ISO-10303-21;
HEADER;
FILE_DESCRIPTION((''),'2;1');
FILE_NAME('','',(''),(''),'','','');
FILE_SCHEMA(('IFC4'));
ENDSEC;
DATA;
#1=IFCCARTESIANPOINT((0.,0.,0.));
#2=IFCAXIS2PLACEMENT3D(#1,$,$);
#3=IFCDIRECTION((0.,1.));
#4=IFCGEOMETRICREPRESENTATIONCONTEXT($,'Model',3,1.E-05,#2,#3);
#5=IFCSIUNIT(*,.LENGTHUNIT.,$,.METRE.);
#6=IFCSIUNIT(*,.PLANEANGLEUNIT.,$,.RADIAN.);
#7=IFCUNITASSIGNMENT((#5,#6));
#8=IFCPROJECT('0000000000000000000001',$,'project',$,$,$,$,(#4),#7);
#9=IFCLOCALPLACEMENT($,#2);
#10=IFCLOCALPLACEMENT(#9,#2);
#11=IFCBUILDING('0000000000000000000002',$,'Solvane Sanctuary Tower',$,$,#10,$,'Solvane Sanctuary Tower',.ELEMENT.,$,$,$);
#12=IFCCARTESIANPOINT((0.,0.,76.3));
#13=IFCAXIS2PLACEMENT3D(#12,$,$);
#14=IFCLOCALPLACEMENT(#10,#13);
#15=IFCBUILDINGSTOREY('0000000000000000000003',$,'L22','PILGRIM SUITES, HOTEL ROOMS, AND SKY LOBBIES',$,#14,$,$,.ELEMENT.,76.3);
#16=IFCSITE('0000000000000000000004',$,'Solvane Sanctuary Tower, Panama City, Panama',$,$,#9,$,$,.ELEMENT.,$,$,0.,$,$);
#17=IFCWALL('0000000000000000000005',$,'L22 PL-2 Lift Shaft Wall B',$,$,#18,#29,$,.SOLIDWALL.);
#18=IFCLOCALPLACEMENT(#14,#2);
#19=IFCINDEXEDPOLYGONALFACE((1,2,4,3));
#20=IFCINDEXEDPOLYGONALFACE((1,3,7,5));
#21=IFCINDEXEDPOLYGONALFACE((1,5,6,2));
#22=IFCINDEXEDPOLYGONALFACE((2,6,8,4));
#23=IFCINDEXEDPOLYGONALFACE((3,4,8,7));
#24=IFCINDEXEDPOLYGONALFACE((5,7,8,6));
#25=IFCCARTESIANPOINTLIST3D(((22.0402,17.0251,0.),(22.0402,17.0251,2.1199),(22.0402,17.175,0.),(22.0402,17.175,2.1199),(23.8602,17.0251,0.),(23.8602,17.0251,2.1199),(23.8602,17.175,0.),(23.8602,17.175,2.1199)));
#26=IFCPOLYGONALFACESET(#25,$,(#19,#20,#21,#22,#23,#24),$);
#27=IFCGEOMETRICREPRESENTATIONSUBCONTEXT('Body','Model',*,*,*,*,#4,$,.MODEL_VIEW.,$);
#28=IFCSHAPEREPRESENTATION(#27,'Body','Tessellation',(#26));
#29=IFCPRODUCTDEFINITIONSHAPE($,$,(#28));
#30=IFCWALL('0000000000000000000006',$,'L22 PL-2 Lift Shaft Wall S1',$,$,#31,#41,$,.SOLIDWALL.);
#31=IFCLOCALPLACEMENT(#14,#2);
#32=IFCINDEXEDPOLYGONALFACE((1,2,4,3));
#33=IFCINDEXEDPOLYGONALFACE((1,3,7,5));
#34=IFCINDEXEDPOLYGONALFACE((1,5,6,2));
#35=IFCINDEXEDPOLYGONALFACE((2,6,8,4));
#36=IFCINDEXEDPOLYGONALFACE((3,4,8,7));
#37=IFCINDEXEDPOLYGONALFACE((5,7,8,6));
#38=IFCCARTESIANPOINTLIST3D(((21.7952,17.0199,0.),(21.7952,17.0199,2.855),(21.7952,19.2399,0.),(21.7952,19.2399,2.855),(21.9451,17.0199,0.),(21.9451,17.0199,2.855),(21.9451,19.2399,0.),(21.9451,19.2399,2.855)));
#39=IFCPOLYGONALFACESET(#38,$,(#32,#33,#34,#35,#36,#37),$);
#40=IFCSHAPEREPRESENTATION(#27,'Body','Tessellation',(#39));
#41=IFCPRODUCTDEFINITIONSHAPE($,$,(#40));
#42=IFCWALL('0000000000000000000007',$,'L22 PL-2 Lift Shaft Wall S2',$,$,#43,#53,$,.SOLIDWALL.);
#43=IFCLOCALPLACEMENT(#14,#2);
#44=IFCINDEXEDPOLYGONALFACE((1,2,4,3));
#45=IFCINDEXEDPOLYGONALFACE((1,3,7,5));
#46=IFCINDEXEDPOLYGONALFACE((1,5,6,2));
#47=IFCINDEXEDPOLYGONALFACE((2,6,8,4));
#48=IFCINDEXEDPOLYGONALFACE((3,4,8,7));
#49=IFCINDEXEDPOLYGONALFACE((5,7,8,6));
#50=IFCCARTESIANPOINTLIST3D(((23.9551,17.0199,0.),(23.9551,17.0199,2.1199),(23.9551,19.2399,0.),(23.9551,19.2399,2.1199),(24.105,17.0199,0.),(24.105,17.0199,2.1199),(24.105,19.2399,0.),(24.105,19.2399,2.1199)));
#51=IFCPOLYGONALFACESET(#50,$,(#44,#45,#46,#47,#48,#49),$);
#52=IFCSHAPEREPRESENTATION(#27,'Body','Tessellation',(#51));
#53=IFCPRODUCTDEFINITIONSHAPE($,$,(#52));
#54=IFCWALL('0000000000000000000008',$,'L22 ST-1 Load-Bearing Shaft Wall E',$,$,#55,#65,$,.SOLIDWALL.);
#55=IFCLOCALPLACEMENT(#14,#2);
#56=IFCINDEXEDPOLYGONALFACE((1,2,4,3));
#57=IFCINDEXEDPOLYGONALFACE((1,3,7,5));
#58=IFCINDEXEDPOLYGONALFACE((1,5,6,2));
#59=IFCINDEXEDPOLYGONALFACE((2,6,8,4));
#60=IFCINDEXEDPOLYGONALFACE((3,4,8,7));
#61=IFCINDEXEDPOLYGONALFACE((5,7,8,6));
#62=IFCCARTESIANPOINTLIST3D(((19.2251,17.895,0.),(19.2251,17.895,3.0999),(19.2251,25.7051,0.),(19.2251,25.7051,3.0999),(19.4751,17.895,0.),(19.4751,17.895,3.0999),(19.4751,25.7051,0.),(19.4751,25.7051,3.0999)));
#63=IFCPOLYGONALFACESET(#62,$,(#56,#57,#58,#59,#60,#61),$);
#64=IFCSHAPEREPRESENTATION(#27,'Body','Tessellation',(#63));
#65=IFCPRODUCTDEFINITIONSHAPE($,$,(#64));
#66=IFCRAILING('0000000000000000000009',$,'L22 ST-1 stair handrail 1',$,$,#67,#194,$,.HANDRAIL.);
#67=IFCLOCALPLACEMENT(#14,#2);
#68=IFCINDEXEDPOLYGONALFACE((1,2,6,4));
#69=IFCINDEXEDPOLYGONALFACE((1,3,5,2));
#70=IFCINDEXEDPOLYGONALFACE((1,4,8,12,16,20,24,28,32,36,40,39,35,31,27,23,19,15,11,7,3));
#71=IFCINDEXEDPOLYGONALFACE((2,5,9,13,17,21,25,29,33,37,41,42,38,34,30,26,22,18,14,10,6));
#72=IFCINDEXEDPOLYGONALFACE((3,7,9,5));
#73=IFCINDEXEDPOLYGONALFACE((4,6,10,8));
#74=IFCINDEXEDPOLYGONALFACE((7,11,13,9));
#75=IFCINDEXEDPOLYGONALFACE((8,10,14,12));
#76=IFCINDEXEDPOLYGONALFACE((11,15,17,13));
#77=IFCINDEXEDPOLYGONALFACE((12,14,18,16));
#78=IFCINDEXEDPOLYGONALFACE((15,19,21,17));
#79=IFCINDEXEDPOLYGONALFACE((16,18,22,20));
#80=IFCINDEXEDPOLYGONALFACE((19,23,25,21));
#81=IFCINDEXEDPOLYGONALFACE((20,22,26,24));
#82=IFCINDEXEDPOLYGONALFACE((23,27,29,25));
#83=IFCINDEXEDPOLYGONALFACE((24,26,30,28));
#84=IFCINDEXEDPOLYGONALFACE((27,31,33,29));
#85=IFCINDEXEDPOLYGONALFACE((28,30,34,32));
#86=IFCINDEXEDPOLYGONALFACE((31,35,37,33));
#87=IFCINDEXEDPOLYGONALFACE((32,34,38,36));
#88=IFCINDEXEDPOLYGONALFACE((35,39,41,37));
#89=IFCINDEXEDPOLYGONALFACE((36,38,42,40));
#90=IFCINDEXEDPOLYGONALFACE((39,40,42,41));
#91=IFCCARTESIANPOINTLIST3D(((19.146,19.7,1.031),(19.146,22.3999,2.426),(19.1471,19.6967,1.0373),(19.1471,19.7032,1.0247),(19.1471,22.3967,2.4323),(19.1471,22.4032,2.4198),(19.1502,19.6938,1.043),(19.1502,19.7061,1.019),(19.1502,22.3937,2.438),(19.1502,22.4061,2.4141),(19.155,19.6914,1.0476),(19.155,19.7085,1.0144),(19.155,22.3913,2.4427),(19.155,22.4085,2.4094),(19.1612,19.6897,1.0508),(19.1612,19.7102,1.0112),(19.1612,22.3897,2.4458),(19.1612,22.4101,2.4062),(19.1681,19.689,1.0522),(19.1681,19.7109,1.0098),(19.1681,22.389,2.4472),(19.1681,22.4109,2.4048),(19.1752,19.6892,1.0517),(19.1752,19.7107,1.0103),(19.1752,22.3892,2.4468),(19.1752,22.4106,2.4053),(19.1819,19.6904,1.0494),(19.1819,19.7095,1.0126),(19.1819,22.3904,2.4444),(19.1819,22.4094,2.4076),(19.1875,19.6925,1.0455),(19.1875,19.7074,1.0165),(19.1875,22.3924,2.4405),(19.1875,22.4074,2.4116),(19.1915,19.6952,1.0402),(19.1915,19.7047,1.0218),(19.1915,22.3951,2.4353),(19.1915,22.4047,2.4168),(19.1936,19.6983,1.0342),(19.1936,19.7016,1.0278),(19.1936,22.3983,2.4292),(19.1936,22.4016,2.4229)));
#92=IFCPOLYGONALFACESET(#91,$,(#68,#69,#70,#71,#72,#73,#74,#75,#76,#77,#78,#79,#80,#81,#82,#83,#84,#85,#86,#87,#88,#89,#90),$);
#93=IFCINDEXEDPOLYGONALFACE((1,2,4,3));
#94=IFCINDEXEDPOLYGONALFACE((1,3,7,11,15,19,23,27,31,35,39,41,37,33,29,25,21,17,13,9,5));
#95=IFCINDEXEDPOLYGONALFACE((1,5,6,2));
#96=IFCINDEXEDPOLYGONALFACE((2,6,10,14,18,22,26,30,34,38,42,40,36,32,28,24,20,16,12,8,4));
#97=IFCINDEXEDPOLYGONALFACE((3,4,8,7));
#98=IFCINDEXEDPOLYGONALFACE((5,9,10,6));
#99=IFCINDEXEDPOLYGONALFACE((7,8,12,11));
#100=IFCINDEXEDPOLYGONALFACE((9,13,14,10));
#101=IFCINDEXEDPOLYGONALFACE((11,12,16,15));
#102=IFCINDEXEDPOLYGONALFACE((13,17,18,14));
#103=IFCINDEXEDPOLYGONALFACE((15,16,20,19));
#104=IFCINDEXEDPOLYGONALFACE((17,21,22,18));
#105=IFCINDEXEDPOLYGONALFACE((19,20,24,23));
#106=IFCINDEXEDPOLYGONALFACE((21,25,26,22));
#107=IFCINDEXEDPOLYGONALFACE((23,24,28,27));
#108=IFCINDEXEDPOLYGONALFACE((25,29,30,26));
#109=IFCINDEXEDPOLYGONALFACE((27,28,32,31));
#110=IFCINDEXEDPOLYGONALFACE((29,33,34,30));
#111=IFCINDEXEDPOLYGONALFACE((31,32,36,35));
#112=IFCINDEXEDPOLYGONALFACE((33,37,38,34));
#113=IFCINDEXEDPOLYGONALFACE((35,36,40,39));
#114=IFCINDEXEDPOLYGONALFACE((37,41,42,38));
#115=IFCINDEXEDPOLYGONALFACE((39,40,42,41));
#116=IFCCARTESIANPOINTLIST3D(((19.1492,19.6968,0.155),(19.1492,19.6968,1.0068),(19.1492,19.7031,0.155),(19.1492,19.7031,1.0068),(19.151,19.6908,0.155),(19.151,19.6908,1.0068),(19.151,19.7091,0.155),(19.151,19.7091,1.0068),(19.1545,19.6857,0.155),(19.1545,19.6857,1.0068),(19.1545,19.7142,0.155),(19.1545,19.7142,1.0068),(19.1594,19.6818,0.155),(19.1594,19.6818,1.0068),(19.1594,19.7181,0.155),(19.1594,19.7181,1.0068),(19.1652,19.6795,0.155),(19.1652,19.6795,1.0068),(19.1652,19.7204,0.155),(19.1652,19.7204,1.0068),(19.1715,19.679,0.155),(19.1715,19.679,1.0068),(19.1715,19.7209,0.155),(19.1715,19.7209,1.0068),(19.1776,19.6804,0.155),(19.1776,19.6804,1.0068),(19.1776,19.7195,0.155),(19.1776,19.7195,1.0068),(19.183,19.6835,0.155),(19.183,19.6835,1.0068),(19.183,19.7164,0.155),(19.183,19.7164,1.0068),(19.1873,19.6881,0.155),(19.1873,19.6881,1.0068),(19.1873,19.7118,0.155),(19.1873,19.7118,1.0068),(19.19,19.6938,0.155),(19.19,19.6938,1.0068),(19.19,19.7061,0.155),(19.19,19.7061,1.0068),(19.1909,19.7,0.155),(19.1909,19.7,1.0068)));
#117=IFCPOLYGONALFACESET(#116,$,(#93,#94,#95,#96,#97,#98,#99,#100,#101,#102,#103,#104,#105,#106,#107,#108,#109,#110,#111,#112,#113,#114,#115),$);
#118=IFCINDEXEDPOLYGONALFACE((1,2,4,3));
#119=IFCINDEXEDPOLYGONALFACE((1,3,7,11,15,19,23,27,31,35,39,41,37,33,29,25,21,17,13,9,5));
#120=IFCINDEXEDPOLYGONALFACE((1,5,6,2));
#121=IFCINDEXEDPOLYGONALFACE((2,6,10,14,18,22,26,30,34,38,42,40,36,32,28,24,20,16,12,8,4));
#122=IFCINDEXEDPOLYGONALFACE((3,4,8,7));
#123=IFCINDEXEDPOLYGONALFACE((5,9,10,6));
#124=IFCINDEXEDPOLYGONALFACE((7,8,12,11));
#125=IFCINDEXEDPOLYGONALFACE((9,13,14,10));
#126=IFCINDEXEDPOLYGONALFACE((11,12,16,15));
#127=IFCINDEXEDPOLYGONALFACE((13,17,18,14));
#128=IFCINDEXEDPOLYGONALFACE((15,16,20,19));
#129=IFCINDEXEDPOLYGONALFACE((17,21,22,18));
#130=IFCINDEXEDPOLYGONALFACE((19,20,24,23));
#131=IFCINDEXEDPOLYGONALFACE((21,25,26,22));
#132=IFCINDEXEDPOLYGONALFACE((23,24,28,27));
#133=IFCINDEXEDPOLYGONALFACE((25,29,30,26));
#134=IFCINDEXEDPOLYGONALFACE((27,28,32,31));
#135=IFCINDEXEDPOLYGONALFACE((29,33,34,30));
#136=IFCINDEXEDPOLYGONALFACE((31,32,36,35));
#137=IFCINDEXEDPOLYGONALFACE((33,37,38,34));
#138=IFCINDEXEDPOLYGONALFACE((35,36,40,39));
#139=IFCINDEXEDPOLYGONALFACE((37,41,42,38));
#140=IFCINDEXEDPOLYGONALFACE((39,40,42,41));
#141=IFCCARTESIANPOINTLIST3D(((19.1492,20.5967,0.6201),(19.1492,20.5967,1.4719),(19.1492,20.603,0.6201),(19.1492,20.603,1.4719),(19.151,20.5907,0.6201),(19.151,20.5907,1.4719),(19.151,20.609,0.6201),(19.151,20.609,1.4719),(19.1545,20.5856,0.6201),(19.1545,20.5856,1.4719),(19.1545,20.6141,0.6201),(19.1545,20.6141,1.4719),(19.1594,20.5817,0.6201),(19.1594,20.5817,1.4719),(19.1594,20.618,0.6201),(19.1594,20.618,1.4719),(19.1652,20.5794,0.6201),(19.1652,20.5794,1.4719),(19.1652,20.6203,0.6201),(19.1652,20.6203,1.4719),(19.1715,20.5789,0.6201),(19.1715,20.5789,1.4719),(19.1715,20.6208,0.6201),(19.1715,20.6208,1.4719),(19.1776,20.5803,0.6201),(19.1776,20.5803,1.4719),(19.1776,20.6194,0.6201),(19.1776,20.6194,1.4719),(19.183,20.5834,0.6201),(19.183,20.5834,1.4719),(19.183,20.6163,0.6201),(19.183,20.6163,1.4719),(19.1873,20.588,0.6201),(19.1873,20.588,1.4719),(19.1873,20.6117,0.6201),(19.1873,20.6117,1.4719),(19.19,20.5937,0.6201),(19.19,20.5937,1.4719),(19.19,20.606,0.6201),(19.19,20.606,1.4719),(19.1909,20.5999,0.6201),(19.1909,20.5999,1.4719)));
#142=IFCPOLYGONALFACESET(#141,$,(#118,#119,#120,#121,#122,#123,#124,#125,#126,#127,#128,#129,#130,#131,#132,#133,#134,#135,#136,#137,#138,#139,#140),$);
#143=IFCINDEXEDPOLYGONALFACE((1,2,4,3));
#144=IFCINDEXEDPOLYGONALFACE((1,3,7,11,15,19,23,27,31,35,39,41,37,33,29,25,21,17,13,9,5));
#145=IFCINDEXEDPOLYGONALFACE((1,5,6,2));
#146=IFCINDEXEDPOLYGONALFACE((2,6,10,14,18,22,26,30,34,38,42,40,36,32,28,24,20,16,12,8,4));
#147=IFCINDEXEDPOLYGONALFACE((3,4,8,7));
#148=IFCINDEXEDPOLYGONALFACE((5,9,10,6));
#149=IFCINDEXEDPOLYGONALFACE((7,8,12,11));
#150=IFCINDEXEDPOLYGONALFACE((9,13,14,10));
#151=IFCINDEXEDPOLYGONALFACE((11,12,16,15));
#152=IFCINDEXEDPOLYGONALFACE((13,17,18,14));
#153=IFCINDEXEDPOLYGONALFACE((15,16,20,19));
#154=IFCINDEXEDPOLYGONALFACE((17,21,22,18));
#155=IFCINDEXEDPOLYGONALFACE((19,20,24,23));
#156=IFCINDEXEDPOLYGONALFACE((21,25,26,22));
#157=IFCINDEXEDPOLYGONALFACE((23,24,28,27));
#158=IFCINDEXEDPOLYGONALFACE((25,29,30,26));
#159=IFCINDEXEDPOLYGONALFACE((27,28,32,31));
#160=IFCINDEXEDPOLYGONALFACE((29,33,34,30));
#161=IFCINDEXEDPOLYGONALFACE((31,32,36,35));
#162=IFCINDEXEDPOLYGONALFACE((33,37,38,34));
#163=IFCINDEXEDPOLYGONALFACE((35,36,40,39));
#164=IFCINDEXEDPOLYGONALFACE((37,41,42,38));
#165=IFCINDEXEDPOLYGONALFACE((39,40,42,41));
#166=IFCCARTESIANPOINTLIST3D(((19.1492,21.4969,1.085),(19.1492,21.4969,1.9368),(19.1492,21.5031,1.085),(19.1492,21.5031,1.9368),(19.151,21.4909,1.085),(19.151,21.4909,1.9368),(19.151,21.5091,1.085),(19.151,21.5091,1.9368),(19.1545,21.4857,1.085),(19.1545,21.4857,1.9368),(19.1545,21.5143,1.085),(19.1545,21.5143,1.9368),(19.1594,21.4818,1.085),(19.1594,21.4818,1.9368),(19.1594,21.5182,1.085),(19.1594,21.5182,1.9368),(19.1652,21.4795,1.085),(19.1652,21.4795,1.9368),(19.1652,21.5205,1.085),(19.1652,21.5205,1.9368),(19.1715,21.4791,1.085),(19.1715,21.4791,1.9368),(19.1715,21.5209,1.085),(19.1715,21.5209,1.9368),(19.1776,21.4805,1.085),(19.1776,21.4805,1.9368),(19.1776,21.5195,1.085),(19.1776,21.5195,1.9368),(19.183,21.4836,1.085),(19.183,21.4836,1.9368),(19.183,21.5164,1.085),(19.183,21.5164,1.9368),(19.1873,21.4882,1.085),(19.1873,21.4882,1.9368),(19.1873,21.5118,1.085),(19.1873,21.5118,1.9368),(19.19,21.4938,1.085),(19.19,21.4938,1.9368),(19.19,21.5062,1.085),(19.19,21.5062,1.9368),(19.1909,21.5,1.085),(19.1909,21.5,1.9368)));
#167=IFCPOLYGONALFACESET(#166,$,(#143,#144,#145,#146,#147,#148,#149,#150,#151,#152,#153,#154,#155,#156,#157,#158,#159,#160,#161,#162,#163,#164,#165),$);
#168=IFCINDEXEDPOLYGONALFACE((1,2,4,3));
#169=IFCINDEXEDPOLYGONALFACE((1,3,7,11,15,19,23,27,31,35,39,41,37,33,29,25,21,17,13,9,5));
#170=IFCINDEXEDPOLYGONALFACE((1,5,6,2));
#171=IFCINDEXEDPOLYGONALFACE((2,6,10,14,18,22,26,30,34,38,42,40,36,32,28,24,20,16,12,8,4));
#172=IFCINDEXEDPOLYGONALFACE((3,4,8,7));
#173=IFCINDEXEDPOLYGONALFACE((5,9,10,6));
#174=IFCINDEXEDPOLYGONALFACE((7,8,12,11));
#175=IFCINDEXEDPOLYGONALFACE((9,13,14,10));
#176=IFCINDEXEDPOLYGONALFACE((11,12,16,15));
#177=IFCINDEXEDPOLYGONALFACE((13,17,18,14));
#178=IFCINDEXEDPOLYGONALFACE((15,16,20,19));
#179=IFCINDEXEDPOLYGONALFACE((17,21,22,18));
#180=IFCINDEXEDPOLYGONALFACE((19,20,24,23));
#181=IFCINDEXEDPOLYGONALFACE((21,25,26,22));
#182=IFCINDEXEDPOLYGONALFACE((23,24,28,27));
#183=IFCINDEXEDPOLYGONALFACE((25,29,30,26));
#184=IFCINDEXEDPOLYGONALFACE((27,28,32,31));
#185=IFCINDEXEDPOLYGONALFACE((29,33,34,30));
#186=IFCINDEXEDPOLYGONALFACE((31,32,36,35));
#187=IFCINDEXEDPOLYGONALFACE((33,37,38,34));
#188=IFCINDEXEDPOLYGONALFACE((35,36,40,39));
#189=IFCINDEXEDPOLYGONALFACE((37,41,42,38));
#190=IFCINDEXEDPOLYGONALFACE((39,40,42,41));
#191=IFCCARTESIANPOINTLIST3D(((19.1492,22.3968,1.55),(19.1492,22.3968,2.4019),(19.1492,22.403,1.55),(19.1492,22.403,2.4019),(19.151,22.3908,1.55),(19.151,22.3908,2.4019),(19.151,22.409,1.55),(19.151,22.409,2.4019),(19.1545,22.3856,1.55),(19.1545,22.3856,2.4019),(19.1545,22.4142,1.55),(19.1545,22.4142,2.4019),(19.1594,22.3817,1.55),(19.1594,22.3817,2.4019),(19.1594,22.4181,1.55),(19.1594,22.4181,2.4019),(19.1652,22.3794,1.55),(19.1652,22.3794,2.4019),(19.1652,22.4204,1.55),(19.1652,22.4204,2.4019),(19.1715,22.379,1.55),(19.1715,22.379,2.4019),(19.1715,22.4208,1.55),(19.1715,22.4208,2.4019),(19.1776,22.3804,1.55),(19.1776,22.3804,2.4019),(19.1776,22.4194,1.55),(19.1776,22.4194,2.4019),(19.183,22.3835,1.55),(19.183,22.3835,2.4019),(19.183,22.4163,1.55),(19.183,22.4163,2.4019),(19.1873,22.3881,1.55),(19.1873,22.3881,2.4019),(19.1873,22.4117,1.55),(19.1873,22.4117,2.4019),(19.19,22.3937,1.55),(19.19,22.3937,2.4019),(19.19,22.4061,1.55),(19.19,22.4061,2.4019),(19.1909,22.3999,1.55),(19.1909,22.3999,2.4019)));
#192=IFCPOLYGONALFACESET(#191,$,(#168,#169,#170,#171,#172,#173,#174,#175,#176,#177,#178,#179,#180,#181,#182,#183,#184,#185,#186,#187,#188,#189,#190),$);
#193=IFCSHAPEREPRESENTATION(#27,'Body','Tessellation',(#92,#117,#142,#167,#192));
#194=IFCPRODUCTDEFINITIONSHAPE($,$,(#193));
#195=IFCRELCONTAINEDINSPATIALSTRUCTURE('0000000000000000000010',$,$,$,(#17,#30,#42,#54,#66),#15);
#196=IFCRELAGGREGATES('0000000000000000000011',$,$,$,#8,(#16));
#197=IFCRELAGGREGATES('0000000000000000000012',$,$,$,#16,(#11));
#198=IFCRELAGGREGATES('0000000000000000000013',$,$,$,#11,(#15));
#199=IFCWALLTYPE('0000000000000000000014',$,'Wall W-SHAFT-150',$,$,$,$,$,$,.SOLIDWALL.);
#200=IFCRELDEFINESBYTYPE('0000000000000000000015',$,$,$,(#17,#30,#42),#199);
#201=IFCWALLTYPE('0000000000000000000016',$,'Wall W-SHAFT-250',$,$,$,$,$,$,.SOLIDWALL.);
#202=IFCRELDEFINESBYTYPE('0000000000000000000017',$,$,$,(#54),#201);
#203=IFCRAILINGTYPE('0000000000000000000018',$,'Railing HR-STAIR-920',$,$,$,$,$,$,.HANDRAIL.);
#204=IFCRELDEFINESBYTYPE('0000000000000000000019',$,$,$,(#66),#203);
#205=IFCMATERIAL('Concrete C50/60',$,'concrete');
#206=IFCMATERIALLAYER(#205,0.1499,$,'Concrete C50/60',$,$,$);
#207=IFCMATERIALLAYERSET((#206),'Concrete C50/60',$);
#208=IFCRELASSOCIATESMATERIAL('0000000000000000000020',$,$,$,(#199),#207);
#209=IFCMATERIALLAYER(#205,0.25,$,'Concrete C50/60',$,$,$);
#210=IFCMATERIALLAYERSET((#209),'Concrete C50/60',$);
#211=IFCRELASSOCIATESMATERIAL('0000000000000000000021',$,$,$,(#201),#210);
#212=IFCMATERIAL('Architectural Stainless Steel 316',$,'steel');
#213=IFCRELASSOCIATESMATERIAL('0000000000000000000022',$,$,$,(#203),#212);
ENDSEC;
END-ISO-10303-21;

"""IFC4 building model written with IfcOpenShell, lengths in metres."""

from ifc_helpers import new_model, si_unit, direction, frame, frame_2d, origin, origin_2d, place, context, subcontext, project, spatial, rectangle, circle, extrude, material, layer, layer_set, type_object, element, save


model = new_model("IFC4")

# Units and contexts
model_context = context("Model", 3, precision=1e-05, world=origin(), true_north=direction((0.0, 1.0)))
body_context = subcontext(model_context, "Body", "Model", "MODEL_VIEW")
ifc_project = project(units=[si_unit("LENGTHUNIT", "METRE"), si_unit("PLANEANGLEUNIT", "RADIAN")], contexts=[model_context])

# Site, building, storey
site_placement = place(None, origin())
site = spatial("IfcSite", under=ifc_project, at=site_placement, Name="Solvane Sanctuary Tower, Panama City, Panama", CompositionType="ELEMENT", RefElevation=0.0)
building_placement = place(site_placement, origin())
building = spatial("IfcBuilding", under=site, at=building_placement, Name="Solvane Sanctuary Tower", LongName="Solvane Sanctuary Tower", CompositionType="ELEMENT")
storey_placement = place(building_placement, frame((0.0, 0.0, 76.3)))
storey = spatial("IfcBuildingStorey", under=building, at=storey_placement, Name="L22", Description="PILGRIM SUITES, HOTEL ROOMS, AND SKY LOBBIES", CompositionType="ELEMENT", Elevation=76.3)

# Shared definitions
ifc_material_1 = material(Name="Concrete C50/60", Category="concrete")
ifc_layer_1 = layer(ifc_material_1, 0.1499, Name="Concrete C50/60")
ifc_layer_set_1 = layer_set([ifc_layer_1], Name="Concrete C50/60")
wall_type_1 = type_object("IfcWallType", Name="Wall W-SHAFT-150", PredefinedType="SOLIDWALL", material=ifc_layer_set_1)
ifc_material_2 = material(Name="Architectural Stainless Steel 316", Category="steel")

# Walls
wall_1_placement = place(storey_placement, frame((22.04, 17.1001, 0.0), z_axis=(0.0, 0.0, 1.0), x_axis=(1.0, 0.0, 0.0)))
element("IfcWall", 1, at=wall_1_placement, inside=storey, type_object=wall_type_1, Name="L22 PL-2 Lift Shaft Wall B", PredefinedType="SOLIDWALL", context=body_context, shape_type="SweptSolid", body=[
    extrude(rectangle(XDim=1.8201, YDim=0.1499, at=frame_2d((0.9102, 0.0))), origin(), (0.0, 0.0, 1.0), 2.1199),
])
wall_2_placement = place(storey_placement, frame((21.8701, 17.02, 0.0), z_axis=(0.0, 0.0, 1.0), x_axis=(0.0, 1.0, 0.0)))
element("IfcWall", 2, at=wall_2_placement, inside=storey, type_object=wall_type_1, Name="L22 PL-2 Lift Shaft Wall S1", PredefinedType="SOLIDWALL", context=body_context, shape_type="SweptSolid", body=[
    extrude(rectangle(XDim=2.22, YDim=0.1499, at=frame_2d((1.1099, 0.0))), origin(), (0.0, 0.0, 1.0), 2.855),
])
wall_3_placement = place(storey_placement, frame((24.03, 17.02, 0.0), z_axis=(0.0, 0.0, 1.0), x_axis=(0.0, 1.0, 0.0)))
element("IfcWall", 3, at=wall_3_placement, inside=storey, type_object=wall_type_1, Name="L22 PL-2 Lift Shaft Wall S2", PredefinedType="SOLIDWALL", context=body_context, shape_type="SweptSolid", body=[
    extrude(rectangle(XDim=2.22, YDim=0.1499, at=frame_2d((1.1099, 0.0))), origin(), (0.0, 0.0, 1.0), 2.1199),
])
ifc_layer_2 = layer(ifc_material_1, 0.25, Name="Concrete C50/60")
ifc_layer_set_2 = layer_set([ifc_layer_2], Name="Concrete C50/60")
wall_type_2 = type_object("IfcWallType", Name="Wall W-SHAFT-250", PredefinedType="SOLIDWALL", material=ifc_layer_set_2)
wall_4_placement = place(storey_placement, frame((19.3501, 17.895, 0.0), z_axis=(0.0, 0.0, 1.0), x_axis=(0.0, 1.0, 0.0)))
element("IfcWall", 4, at=wall_4_placement, inside=storey, type_object=wall_type_2, Name="L22 ST-1 Load-Bearing Shaft Wall E", PredefinedType="SOLIDWALL", context=body_context, shape_type="SweptSolid", body=[
    extrude(rectangle(XDim=7.8101, YDim=0.25, at=frame_2d((3.905, 0.0))), origin(), (0.0, 0.0, 1.0), 3.0999),
])

# Railing
railing_type = type_object("IfcRailingType", Name="Railing HR-STAIR-920", PredefinedType="HANDRAIL", material=ifc_material_2)
railing_placement = place(storey_placement, frame((19.1699, 19.7, 0.155)))
element("IfcRailing", 5, at=railing_placement, inside=storey, type_object=railing_type, Name="L22 ST-1 stair handrail 1", PredefinedType="HANDRAIL", context=body_context, shape_type="SweptSolid", body=[
    extrude(circle(Radius=0.0239, at=origin_2d()), frame((0.0, 0.0, 0.876), z_axis=(0.0, 0.88842, 0.459032), x_axis=(-1.0, 0.0, 0.0)), (0.0, 0.0, 1.0), 3.0391),
    extrude(circle(Radius=0.021, at=origin_2d()), origin(), (0.0, 0.0, 1.0), 0.8518),
    extrude(circle(Radius=0.021, at=origin_2d()), frame((0.0, 0.8999, 0.4651)), (0.0, 0.0, 1.0), 0.8518),
    extrude(circle(Radius=0.021, at=origin_2d()), frame((0.0, 1.8, 0.9299)), (0.0, 0.0, 1.0), 0.8518),
    extrude(circle(Radius=0.021, at=origin_2d()), frame((0.0, 2.7, 1.395)), (0.0, 0.0, 1.0), 0.8518),
])

save(model, "model.ifc")
